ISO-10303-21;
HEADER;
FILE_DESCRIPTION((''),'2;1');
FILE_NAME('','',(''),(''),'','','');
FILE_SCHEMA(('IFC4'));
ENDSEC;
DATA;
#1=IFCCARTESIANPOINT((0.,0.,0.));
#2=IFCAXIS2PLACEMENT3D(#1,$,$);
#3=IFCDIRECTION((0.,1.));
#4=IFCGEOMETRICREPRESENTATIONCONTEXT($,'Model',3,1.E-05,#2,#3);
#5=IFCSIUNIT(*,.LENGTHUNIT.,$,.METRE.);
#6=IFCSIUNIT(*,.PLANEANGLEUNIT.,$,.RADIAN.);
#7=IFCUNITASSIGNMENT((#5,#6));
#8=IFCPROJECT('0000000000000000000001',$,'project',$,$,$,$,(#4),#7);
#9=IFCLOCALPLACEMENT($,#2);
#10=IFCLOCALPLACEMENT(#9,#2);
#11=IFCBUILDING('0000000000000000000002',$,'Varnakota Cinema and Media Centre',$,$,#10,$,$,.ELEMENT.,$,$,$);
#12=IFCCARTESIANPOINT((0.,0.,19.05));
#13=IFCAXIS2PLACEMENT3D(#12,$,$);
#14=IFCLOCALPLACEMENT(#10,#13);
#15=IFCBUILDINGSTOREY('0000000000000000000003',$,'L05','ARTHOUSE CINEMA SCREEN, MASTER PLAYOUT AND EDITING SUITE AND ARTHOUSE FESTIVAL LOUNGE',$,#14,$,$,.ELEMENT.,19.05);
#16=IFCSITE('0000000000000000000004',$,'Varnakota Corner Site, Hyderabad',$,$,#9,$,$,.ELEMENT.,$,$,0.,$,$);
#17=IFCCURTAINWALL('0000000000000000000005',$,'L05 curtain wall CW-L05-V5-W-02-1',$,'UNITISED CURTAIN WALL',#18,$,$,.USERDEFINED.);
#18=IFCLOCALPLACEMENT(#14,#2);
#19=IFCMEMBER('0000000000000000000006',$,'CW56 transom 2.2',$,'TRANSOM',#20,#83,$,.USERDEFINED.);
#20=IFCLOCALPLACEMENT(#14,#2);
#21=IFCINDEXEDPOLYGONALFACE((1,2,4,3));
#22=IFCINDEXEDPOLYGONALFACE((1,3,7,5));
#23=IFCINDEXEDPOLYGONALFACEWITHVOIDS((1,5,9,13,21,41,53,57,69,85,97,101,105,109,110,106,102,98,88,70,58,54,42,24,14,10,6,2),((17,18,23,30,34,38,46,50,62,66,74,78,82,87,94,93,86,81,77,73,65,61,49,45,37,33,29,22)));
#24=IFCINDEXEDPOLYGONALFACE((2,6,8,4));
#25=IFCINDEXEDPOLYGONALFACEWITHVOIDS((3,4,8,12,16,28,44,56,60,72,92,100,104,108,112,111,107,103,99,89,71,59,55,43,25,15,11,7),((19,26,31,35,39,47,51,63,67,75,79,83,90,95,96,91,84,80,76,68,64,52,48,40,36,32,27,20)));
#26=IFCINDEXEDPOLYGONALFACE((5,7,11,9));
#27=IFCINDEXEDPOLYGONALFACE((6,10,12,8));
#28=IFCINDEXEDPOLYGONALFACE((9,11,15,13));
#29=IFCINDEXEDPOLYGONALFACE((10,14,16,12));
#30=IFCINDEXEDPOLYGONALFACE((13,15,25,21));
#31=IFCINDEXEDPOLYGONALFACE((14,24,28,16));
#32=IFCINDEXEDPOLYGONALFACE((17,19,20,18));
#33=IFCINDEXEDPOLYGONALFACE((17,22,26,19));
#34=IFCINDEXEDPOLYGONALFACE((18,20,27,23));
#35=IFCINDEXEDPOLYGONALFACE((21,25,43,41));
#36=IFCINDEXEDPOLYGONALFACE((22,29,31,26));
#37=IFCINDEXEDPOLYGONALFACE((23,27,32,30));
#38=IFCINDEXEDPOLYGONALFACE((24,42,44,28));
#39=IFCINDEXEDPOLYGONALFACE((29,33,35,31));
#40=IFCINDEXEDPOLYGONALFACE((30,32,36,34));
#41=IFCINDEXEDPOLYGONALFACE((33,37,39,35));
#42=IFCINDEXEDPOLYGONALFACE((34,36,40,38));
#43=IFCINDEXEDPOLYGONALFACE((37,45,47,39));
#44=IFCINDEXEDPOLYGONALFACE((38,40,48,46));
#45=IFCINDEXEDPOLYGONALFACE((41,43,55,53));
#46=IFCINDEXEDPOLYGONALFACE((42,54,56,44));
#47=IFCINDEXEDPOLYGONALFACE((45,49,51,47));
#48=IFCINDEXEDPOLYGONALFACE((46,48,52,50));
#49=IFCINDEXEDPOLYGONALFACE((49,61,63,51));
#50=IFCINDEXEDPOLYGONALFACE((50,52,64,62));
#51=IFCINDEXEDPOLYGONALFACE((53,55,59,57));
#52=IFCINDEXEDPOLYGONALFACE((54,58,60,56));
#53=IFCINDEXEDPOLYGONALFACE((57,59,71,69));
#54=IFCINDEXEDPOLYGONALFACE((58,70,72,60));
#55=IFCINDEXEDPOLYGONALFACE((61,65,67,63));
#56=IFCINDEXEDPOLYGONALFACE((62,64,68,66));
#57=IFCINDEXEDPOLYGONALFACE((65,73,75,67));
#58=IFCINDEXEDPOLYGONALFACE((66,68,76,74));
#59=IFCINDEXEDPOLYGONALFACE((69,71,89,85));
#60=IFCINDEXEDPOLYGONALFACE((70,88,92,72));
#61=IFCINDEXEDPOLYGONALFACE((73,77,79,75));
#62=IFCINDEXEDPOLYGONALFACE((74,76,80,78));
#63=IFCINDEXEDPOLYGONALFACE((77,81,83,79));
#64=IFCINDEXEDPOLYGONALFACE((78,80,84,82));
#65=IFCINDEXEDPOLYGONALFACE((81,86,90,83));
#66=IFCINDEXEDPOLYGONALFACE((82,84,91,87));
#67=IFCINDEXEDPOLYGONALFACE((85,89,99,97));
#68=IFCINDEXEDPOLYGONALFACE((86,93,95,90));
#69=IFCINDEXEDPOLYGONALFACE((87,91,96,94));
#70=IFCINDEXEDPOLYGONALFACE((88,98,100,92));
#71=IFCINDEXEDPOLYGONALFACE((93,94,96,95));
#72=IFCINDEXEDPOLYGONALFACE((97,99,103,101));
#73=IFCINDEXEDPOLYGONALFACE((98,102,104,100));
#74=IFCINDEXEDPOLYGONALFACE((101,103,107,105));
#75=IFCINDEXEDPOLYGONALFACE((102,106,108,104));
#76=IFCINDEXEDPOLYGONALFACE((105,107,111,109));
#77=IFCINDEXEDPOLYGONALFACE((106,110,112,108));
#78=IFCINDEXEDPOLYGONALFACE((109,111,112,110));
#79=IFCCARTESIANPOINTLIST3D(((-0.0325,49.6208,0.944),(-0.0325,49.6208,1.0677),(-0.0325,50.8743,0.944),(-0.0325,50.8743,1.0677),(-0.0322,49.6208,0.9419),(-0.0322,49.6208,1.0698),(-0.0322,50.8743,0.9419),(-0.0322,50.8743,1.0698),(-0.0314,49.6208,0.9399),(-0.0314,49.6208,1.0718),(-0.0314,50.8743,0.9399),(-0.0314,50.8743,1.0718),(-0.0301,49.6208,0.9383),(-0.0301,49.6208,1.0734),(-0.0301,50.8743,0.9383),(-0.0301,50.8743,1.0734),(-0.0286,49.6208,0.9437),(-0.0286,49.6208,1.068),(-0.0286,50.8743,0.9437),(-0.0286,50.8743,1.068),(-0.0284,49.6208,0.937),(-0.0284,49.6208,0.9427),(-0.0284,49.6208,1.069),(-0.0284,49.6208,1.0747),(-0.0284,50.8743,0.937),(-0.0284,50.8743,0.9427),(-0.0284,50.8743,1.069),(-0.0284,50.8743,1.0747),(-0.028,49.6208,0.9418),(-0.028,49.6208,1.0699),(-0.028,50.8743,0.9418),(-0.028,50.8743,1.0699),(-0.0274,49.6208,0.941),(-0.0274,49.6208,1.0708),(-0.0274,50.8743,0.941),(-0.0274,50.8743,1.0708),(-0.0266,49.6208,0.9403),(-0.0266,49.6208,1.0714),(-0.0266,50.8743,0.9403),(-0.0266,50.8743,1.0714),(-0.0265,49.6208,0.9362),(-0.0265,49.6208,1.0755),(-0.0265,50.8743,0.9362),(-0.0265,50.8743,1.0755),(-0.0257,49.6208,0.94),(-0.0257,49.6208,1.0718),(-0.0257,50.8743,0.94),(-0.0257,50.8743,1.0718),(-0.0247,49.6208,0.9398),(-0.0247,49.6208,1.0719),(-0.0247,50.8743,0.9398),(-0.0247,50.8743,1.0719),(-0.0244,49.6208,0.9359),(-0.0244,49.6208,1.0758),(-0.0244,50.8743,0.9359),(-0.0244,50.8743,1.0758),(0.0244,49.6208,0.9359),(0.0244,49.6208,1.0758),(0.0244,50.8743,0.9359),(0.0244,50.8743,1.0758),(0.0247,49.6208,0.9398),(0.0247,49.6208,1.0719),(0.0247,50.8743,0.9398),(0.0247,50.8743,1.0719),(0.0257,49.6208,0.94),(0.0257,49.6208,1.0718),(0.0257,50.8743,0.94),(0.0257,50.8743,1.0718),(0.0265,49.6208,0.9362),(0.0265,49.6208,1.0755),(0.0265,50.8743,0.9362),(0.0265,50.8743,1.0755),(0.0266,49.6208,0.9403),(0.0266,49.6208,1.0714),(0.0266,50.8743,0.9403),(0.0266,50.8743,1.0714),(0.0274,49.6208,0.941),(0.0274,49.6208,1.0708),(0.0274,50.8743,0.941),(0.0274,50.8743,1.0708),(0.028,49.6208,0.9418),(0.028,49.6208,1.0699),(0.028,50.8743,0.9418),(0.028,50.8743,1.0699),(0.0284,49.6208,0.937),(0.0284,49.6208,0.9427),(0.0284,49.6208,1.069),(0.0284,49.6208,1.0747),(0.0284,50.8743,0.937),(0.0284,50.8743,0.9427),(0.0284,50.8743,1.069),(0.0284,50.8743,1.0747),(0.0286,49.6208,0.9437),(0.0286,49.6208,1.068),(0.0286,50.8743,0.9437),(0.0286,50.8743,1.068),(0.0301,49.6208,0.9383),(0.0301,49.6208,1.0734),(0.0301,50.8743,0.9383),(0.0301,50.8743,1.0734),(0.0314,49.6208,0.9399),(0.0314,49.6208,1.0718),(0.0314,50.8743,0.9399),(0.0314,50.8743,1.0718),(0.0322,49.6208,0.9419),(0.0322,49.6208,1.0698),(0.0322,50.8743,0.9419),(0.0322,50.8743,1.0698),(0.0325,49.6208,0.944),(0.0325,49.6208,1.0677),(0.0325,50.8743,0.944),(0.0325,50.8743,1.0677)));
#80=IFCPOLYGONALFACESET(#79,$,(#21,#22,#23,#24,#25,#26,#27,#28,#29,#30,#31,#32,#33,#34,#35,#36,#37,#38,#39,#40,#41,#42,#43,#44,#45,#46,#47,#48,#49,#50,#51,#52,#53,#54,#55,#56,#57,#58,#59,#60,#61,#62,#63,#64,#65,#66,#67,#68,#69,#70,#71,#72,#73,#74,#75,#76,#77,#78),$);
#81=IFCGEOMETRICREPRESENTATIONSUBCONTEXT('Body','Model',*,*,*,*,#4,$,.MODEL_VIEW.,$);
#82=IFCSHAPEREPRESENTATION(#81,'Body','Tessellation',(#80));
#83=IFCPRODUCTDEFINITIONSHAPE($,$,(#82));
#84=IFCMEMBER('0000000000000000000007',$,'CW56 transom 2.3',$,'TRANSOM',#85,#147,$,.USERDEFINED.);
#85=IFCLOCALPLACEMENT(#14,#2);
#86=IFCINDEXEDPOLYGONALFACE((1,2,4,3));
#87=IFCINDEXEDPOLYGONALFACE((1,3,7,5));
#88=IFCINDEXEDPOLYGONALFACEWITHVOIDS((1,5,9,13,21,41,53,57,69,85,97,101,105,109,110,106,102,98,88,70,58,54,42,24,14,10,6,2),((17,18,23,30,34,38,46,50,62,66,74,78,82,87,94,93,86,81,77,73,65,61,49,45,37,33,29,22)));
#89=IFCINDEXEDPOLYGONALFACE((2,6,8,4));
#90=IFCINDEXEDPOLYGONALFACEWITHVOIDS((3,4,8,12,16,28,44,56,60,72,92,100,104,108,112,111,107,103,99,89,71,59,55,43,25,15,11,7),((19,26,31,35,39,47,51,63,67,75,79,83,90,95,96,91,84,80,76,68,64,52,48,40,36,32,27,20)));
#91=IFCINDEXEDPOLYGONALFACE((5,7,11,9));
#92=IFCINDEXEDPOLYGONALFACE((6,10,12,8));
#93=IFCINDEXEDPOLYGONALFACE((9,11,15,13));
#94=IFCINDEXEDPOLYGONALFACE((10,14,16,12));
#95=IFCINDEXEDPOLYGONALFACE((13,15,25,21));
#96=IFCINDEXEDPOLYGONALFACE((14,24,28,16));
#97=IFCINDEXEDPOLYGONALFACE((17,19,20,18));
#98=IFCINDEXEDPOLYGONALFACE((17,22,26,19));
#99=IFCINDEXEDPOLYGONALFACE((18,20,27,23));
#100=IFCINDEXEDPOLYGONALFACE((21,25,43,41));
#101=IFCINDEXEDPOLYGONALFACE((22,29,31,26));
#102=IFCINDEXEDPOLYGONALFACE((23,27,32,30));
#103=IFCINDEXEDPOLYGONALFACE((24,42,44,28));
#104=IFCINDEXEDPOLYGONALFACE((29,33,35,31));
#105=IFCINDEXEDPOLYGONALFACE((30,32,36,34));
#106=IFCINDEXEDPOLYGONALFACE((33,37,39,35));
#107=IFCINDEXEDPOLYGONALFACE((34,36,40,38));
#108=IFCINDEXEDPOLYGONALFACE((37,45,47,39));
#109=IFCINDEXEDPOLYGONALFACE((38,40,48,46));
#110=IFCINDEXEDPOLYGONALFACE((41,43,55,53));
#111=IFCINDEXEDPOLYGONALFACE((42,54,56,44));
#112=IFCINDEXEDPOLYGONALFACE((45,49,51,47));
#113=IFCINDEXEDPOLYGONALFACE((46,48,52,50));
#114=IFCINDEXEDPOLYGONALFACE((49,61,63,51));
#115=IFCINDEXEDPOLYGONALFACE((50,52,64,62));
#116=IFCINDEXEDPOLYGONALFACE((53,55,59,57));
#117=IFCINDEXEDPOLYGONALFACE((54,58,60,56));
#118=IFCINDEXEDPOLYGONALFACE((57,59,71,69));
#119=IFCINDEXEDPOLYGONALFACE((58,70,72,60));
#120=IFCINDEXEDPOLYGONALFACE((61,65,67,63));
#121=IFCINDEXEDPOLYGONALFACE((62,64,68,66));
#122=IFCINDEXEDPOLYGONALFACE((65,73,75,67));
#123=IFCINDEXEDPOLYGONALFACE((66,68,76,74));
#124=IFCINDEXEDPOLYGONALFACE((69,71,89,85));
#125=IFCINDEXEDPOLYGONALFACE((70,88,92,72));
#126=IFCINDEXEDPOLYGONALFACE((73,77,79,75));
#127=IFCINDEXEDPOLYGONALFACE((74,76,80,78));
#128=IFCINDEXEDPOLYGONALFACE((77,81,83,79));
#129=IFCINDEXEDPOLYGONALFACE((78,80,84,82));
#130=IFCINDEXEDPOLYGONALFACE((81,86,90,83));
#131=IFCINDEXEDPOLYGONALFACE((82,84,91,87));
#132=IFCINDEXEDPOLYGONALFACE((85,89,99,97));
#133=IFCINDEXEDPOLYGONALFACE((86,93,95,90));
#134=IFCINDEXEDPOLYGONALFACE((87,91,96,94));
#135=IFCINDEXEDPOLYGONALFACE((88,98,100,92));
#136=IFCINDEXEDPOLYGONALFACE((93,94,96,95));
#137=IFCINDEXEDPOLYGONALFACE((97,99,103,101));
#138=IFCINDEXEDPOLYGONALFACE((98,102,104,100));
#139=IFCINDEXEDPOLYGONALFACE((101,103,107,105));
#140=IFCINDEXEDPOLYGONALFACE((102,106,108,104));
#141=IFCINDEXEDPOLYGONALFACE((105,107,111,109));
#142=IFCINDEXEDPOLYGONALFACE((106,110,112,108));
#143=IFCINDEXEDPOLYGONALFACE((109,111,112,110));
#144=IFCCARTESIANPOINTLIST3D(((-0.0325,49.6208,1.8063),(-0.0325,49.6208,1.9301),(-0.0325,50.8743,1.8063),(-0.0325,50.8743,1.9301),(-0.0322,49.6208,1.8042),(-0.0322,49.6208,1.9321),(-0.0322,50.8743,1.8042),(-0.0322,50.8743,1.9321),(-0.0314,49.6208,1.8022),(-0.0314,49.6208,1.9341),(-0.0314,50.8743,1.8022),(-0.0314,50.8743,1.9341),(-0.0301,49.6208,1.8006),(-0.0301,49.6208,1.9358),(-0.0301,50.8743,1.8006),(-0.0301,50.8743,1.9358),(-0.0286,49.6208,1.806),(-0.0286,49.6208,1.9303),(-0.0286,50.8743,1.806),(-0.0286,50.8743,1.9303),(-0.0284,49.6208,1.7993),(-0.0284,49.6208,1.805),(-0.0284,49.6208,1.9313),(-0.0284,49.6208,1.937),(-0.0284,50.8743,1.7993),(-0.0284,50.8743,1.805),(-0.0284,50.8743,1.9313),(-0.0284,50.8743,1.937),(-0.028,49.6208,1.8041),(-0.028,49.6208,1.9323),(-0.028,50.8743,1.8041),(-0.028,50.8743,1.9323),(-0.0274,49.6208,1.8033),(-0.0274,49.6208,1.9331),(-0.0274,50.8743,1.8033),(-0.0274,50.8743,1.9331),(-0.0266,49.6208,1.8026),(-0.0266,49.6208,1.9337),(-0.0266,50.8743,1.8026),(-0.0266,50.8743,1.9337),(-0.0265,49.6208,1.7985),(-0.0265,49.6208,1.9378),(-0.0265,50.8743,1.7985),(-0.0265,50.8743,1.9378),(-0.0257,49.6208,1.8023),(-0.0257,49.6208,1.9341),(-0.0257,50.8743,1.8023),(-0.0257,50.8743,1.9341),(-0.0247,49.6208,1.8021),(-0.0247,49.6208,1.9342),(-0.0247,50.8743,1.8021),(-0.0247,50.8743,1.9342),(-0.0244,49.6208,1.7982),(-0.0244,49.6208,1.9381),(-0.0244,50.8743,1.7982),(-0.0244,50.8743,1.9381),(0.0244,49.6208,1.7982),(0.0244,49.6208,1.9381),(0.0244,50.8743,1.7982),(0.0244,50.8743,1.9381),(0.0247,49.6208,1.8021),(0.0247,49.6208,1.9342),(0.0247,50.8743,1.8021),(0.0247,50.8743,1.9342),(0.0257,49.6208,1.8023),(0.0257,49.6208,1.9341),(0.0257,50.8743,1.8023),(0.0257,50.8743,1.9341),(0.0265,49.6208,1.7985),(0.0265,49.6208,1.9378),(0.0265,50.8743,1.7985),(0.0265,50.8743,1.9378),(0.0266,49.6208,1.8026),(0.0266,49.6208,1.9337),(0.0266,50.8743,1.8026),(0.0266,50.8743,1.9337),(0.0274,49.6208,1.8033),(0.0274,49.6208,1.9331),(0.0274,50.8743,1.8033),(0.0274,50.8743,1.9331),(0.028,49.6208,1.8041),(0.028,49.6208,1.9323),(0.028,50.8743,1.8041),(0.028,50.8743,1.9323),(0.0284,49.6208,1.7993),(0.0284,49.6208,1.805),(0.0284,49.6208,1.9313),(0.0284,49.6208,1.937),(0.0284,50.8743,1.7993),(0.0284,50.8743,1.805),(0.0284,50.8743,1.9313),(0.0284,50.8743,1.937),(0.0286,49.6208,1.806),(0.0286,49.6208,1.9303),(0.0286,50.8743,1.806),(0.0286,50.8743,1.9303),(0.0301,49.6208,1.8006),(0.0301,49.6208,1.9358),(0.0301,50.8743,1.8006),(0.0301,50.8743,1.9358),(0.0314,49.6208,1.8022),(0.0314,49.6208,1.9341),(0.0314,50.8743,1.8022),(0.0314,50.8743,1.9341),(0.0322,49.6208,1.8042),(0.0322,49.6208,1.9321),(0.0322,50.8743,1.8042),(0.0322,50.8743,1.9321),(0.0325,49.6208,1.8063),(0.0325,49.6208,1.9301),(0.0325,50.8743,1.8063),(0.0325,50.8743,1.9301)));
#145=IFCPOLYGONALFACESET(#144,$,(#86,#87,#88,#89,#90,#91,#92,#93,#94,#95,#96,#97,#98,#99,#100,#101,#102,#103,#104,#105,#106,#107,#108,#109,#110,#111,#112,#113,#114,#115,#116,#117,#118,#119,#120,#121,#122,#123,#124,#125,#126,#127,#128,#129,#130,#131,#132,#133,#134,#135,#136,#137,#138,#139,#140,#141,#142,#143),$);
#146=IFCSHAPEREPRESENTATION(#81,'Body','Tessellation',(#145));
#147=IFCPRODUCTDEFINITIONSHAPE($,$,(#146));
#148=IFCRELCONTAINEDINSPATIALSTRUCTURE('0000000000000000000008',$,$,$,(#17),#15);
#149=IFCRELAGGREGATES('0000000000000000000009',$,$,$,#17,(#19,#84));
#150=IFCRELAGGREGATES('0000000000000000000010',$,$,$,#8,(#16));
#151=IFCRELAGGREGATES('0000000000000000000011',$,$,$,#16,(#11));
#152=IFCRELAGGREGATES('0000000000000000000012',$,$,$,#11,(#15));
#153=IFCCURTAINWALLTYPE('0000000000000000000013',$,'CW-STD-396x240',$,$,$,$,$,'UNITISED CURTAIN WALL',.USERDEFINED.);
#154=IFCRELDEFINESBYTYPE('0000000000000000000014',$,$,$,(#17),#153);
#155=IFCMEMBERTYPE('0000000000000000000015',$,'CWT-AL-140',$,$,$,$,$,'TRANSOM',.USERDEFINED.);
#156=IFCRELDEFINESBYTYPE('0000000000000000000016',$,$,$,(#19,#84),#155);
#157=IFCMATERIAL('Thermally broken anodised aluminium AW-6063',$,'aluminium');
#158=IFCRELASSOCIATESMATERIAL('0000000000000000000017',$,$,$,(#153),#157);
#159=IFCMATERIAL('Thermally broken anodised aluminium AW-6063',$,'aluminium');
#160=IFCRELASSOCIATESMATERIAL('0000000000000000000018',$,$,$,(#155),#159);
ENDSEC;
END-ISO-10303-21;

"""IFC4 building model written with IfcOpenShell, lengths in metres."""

from ifc_helpers import new_model, si_unit, direction, frame, origin, origin_2d, place, context, subcontext, project, spatial, hollow_rectangle, extrude, material, material_profile, profile_set, type_object, element, aggregate, save


model = new_model("IFC4")

# Units and contexts
model_context = context("Model", 3, precision=1e-05, world=origin(), true_north=direction((0.0, 1.0)))
body_context = subcontext(model_context, "Body", "Model", "MODEL_VIEW")
ifc_project = project(units=[si_unit("LENGTHUNIT", "METRE"), si_unit("PLANEANGLEUNIT", "RADIAN")], contexts=[model_context])

# Site, building, storey
site_placement = place(None, origin())
site = spatial("IfcSite", under=ifc_project, at=site_placement, Name="Varnakota Corner Site, Hyderabad", CompositionType="ELEMENT", RefElevation=0.0)
building_placement = place(site_placement, origin())
building = spatial("IfcBuilding", under=site, at=building_placement, Name="Varnakota Cinema and Media Centre", CompositionType="ELEMENT")
storey_placement = place(building_placement, frame((0.0, 0.0, 19.05)))
storey = spatial("IfcBuildingStorey", under=building, at=storey_placement, Name="L05", Description="ARTHOUSE CINEMA SCREEN, MASTER PLAYOUT AND EDITING SUITE AND ARTHOUSE FESTIVAL LOUNGE", CompositionType="ELEMENT", Elevation=19.05)

# Curtain wall, members
ifc_material_1 = material(Name="Thermally broken anodised aluminium AW-6063", Category="aluminium")
curtain_wall_type = type_object("IfcCurtainWallType", Name="CW-STD-396x240", ElementType="UNITISED CURTAIN WALL", PredefinedType="USERDEFINED", material=ifc_material_1)
curtain_wall_placement = place(storey_placement, origin())
curtain_wall = element("IfcCurtainWall", 1, at=curtain_wall_placement, inside=storey, type_object=curtain_wall_type, Name="L05 curtain wall CW-L05-V5-W-02-1", ObjectType="UNITISED CURTAIN WALL", PredefinedType="USERDEFINED")
ifc_material_2 = material(Name="Thermally broken anodised aluminium AW-6063", Category="aluminium")
ifc_material_profile_1 = material_profile(ifc_material_2, hollow_rectangle(XDim=0.0649, YDim=0.1399, WallThickness=0.0039, InnerFilletRadius=0.0039, OuterFilletRadius=0.0081, at=origin_2d()), Name="AL-TRANSOM 140x65x4")
ifc_profile_set_1 = profile_set([ifc_material_profile_1], Name="Thermally broken anodised aluminium AW-6063")
member_type_1 = type_object("IfcMemberType", Name="CWT-AL-140", ElementType="TRANSOM", PredefinedType="USERDEFINED", material=ifc_profile_set_1)
member_1_placement = place(storey_placement, frame((0.0, 50.8743, 1.0059), z_axis=(0.0, -1.0, 0.0), x_axis=(1.0, 0.0, 0.0)))
member_1 = element("IfcMember", 2, at=member_1_placement, type_object=member_type_1, Name="CW56 transom 2.2", ObjectType="TRANSOM", PredefinedType="USERDEFINED", context=body_context, shape_type="SweptSolid", body=[
    extrude(hollow_rectangle(XDim=0.0649, YDim=0.1399, WallThickness=0.0039, InnerFilletRadius=0.0039, OuterFilletRadius=0.0081, at=origin_2d()), origin(), (0.0, 0.0, 1.0), 1.2534),
])
member_2_placement = place(storey_placement, frame((0.0, 50.8743, 1.8682), z_axis=(0.0, -1.0, 0.0), x_axis=(1.0, 0.0, 0.0)))
member_2 = element("IfcMember", 3, at=member_2_placement, type_object=member_type_1, Name="CW56 transom 2.3", ObjectType="TRANSOM", PredefinedType="USERDEFINED", context=body_context, shape_type="SweptSolid", body=[
    extrude(hollow_rectangle(XDim=0.0649, YDim=0.1399, WallThickness=0.0039, InnerFilletRadius=0.0039, OuterFilletRadius=0.0081, at=origin_2d()), origin(), (0.0, 0.0, 1.0), 1.2534),
])
aggregate(curtain_wall, [member_1, member_2])

save(model, "model.ifc")
